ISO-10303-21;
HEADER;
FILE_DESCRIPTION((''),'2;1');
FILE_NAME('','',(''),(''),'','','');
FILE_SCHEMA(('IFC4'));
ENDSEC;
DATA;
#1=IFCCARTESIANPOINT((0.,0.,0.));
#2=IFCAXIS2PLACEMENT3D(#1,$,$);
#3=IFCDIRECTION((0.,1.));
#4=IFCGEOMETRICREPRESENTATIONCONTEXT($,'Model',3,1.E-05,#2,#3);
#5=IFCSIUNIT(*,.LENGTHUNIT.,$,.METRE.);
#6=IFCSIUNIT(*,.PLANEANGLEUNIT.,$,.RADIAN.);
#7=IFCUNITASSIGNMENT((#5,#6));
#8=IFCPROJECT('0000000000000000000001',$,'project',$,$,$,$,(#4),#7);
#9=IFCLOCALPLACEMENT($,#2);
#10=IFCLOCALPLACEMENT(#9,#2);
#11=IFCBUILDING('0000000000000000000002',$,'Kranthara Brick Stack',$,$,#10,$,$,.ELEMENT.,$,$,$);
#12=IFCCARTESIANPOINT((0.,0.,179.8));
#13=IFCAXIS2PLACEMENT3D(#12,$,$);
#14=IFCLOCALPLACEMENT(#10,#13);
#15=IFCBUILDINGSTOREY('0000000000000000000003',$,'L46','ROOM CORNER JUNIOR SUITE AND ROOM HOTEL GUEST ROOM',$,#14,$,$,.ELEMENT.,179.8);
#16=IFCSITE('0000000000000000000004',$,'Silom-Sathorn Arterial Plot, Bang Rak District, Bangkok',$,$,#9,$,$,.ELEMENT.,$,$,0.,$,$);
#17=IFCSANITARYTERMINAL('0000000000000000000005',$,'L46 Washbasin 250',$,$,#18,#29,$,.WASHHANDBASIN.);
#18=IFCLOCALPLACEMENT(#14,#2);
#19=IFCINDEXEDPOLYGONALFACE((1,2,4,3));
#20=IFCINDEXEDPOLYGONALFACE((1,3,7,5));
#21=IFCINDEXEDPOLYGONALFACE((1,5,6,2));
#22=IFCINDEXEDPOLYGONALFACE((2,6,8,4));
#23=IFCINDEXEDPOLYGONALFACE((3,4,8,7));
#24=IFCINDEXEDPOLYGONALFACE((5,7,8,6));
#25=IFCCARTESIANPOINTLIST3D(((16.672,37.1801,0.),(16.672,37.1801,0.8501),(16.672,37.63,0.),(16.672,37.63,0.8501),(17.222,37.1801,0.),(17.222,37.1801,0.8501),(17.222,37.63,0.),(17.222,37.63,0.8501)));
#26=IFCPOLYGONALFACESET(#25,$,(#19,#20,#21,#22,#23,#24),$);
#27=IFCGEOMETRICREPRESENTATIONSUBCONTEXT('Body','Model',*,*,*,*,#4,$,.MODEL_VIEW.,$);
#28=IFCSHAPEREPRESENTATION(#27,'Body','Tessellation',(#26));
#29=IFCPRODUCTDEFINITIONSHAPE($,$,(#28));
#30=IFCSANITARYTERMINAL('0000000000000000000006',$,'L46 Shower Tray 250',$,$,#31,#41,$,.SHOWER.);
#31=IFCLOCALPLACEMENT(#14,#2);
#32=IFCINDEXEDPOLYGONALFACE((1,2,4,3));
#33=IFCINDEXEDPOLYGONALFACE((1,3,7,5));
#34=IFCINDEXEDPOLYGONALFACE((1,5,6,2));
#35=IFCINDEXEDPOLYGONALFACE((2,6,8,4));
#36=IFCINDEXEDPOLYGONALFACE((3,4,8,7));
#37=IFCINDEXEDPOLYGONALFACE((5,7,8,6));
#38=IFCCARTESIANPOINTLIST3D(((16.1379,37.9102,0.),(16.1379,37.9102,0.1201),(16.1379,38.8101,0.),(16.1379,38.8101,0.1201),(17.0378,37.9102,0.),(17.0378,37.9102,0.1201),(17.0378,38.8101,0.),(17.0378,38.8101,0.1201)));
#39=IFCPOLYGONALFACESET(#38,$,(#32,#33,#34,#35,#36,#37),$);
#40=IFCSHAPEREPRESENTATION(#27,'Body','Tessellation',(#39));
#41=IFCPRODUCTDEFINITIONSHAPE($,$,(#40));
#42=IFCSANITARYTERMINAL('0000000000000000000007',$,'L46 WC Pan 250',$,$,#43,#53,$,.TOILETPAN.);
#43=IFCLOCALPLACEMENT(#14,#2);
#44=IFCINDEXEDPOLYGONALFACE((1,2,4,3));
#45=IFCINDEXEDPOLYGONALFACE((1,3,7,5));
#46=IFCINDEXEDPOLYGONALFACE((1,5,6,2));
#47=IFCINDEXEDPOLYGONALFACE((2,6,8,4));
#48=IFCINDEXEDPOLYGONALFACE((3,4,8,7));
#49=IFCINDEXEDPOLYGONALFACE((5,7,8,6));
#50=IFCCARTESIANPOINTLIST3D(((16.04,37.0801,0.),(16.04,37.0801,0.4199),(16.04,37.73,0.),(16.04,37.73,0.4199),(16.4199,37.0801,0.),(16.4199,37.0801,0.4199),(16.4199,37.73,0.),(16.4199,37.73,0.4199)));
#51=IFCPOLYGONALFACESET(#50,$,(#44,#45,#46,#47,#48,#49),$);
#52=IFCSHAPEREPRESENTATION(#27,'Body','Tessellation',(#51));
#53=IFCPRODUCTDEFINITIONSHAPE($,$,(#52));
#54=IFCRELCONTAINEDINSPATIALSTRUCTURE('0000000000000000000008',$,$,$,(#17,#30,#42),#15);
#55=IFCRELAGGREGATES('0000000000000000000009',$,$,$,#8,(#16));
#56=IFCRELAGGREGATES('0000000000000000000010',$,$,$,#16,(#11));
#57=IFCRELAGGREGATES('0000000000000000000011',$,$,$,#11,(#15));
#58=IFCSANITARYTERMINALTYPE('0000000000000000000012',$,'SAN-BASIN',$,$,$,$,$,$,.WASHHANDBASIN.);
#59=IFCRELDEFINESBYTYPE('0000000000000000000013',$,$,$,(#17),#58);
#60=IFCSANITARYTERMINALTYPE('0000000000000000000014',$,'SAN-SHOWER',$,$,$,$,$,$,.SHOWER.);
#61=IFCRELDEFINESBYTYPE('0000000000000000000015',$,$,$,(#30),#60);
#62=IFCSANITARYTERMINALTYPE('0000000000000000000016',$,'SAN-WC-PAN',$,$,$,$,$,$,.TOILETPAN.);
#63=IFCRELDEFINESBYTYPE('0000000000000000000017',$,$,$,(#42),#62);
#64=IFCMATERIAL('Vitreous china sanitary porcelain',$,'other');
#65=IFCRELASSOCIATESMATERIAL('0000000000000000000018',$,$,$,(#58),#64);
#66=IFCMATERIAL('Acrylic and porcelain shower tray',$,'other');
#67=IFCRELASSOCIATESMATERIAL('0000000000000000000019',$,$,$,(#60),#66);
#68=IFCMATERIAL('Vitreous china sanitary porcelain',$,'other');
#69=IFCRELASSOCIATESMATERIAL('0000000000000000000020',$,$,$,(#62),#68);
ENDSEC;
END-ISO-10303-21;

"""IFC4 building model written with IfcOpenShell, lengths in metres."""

from ifc_helpers import new_model, si_unit, direction, frame, origin, origin_2d, place, context, subcontext, project, spatial, rectangle, extrude, material, type_object, element, save


model = new_model("IFC4")

# Units and contexts
model_context = context("Model", 3, precision=1e-05, world=origin(), true_north=direction((0.0, 1.0)))
body_context = subcontext(model_context, "Body", "Model", "MODEL_VIEW")
ifc_project = project(units=[si_unit("LENGTHUNIT", "METRE"), si_unit("PLANEANGLEUNIT", "RADIAN")], contexts=[model_context])

# Site, building, storey
site_placement = place(None, origin())
site = spatial("IfcSite", under=ifc_project, at=site_placement, Name="Silom-Sathorn Arterial Plot, Bang Rak District, Bangkok", CompositionType="ELEMENT", RefElevation=0.0)
building_placement = place(site_placement, origin())
building = spatial("IfcBuilding", under=site, at=building_placement, Name="Kranthara Brick Stack", CompositionType="ELEMENT")
storey_placement = place(building_placement, frame((0.0, 0.0, 179.8)))
storey = spatial("IfcBuildingStorey", under=building, at=storey_placement, Name="L46", Description="ROOM CORNER JUNIOR SUITE AND ROOM HOTEL GUEST ROOM", CompositionType="ELEMENT", Elevation=179.8)

# Sanitary terminals
ifc_material_1 = material(Name="Vitreous china sanitary porcelain", Category="other")
sanitary_terminal_type_1 = type_object("IfcSanitaryTerminalType", Name="SAN-BASIN", PredefinedType="WASHHANDBASIN", material=ifc_material_1)
sanitary_terminal_1_placement = place(storey_placement, frame((16.947, 37.405, 0.0), z_axis=(0.0, 0.0, 1.0), x_axis=(1.0, 0.0, 0.0)))
element("IfcSanitaryTerminal", 1, at=sanitary_terminal_1_placement, inside=storey, type_object=sanitary_terminal_type_1, Name="L46 Washbasin 250", PredefinedType="WASHHANDBASIN", context=body_context, shape_type="SweptSolid", body=[
    extrude(rectangle(XDim=0.55, YDim=0.45, at=origin_2d()), origin(), (0.0, 0.0, 1.0), 0.8501),
])
ifc_material_2 = material(Name="Acrylic and porcelain shower tray", Category="other")
sanitary_terminal_type_2 = type_object("IfcSanitaryTerminalType", Name="SAN-SHOWER", PredefinedType="SHOWER", material=ifc_material_2)
sanitary_terminal_2_placement = place(storey_placement, frame((16.5879, 38.3601, 0.0), z_axis=(0.0, 0.0, 1.0), x_axis=(1.0, 0.0, 0.0)))
element("IfcSanitaryTerminal", 2, at=sanitary_terminal_2_placement, inside=storey, type_object=sanitary_terminal_type_2, Name="L46 Shower Tray 250", PredefinedType="SHOWER", context=body_context, shape_type="SweptSolid", body=[
    extrude(rectangle(XDim=0.8999, YDim=0.8999, at=origin_2d()), origin(), (0.0, 0.0, 1.0), 0.1201),
])
ifc_material_3 = material(Name="Vitreous china sanitary porcelain", Category="other")
sanitary_terminal_type_3 = type_object("IfcSanitaryTerminalType", Name="SAN-WC-PAN", PredefinedType="TOILETPAN", material=ifc_material_3)
sanitary_terminal_3_placement = place(storey_placement, frame((16.23, 37.405, 0.0), z_axis=(0.0, 0.0, 1.0), x_axis=(1.0, 0.0, 0.0)))
element("IfcSanitaryTerminal", 3, at=sanitary_terminal_3_placement, inside=storey, type_object=sanitary_terminal_type_3, Name="L46 WC Pan 250", PredefinedType="TOILETPAN", context=body_context, shape_type="SweptSolid", body=[
    extrude(rectangle(XDim=0.3799, YDim=0.6499, at=origin_2d()), origin(), (0.0, 0.0, 1.0), 0.4199),
])

save(model, "model.ifc")
